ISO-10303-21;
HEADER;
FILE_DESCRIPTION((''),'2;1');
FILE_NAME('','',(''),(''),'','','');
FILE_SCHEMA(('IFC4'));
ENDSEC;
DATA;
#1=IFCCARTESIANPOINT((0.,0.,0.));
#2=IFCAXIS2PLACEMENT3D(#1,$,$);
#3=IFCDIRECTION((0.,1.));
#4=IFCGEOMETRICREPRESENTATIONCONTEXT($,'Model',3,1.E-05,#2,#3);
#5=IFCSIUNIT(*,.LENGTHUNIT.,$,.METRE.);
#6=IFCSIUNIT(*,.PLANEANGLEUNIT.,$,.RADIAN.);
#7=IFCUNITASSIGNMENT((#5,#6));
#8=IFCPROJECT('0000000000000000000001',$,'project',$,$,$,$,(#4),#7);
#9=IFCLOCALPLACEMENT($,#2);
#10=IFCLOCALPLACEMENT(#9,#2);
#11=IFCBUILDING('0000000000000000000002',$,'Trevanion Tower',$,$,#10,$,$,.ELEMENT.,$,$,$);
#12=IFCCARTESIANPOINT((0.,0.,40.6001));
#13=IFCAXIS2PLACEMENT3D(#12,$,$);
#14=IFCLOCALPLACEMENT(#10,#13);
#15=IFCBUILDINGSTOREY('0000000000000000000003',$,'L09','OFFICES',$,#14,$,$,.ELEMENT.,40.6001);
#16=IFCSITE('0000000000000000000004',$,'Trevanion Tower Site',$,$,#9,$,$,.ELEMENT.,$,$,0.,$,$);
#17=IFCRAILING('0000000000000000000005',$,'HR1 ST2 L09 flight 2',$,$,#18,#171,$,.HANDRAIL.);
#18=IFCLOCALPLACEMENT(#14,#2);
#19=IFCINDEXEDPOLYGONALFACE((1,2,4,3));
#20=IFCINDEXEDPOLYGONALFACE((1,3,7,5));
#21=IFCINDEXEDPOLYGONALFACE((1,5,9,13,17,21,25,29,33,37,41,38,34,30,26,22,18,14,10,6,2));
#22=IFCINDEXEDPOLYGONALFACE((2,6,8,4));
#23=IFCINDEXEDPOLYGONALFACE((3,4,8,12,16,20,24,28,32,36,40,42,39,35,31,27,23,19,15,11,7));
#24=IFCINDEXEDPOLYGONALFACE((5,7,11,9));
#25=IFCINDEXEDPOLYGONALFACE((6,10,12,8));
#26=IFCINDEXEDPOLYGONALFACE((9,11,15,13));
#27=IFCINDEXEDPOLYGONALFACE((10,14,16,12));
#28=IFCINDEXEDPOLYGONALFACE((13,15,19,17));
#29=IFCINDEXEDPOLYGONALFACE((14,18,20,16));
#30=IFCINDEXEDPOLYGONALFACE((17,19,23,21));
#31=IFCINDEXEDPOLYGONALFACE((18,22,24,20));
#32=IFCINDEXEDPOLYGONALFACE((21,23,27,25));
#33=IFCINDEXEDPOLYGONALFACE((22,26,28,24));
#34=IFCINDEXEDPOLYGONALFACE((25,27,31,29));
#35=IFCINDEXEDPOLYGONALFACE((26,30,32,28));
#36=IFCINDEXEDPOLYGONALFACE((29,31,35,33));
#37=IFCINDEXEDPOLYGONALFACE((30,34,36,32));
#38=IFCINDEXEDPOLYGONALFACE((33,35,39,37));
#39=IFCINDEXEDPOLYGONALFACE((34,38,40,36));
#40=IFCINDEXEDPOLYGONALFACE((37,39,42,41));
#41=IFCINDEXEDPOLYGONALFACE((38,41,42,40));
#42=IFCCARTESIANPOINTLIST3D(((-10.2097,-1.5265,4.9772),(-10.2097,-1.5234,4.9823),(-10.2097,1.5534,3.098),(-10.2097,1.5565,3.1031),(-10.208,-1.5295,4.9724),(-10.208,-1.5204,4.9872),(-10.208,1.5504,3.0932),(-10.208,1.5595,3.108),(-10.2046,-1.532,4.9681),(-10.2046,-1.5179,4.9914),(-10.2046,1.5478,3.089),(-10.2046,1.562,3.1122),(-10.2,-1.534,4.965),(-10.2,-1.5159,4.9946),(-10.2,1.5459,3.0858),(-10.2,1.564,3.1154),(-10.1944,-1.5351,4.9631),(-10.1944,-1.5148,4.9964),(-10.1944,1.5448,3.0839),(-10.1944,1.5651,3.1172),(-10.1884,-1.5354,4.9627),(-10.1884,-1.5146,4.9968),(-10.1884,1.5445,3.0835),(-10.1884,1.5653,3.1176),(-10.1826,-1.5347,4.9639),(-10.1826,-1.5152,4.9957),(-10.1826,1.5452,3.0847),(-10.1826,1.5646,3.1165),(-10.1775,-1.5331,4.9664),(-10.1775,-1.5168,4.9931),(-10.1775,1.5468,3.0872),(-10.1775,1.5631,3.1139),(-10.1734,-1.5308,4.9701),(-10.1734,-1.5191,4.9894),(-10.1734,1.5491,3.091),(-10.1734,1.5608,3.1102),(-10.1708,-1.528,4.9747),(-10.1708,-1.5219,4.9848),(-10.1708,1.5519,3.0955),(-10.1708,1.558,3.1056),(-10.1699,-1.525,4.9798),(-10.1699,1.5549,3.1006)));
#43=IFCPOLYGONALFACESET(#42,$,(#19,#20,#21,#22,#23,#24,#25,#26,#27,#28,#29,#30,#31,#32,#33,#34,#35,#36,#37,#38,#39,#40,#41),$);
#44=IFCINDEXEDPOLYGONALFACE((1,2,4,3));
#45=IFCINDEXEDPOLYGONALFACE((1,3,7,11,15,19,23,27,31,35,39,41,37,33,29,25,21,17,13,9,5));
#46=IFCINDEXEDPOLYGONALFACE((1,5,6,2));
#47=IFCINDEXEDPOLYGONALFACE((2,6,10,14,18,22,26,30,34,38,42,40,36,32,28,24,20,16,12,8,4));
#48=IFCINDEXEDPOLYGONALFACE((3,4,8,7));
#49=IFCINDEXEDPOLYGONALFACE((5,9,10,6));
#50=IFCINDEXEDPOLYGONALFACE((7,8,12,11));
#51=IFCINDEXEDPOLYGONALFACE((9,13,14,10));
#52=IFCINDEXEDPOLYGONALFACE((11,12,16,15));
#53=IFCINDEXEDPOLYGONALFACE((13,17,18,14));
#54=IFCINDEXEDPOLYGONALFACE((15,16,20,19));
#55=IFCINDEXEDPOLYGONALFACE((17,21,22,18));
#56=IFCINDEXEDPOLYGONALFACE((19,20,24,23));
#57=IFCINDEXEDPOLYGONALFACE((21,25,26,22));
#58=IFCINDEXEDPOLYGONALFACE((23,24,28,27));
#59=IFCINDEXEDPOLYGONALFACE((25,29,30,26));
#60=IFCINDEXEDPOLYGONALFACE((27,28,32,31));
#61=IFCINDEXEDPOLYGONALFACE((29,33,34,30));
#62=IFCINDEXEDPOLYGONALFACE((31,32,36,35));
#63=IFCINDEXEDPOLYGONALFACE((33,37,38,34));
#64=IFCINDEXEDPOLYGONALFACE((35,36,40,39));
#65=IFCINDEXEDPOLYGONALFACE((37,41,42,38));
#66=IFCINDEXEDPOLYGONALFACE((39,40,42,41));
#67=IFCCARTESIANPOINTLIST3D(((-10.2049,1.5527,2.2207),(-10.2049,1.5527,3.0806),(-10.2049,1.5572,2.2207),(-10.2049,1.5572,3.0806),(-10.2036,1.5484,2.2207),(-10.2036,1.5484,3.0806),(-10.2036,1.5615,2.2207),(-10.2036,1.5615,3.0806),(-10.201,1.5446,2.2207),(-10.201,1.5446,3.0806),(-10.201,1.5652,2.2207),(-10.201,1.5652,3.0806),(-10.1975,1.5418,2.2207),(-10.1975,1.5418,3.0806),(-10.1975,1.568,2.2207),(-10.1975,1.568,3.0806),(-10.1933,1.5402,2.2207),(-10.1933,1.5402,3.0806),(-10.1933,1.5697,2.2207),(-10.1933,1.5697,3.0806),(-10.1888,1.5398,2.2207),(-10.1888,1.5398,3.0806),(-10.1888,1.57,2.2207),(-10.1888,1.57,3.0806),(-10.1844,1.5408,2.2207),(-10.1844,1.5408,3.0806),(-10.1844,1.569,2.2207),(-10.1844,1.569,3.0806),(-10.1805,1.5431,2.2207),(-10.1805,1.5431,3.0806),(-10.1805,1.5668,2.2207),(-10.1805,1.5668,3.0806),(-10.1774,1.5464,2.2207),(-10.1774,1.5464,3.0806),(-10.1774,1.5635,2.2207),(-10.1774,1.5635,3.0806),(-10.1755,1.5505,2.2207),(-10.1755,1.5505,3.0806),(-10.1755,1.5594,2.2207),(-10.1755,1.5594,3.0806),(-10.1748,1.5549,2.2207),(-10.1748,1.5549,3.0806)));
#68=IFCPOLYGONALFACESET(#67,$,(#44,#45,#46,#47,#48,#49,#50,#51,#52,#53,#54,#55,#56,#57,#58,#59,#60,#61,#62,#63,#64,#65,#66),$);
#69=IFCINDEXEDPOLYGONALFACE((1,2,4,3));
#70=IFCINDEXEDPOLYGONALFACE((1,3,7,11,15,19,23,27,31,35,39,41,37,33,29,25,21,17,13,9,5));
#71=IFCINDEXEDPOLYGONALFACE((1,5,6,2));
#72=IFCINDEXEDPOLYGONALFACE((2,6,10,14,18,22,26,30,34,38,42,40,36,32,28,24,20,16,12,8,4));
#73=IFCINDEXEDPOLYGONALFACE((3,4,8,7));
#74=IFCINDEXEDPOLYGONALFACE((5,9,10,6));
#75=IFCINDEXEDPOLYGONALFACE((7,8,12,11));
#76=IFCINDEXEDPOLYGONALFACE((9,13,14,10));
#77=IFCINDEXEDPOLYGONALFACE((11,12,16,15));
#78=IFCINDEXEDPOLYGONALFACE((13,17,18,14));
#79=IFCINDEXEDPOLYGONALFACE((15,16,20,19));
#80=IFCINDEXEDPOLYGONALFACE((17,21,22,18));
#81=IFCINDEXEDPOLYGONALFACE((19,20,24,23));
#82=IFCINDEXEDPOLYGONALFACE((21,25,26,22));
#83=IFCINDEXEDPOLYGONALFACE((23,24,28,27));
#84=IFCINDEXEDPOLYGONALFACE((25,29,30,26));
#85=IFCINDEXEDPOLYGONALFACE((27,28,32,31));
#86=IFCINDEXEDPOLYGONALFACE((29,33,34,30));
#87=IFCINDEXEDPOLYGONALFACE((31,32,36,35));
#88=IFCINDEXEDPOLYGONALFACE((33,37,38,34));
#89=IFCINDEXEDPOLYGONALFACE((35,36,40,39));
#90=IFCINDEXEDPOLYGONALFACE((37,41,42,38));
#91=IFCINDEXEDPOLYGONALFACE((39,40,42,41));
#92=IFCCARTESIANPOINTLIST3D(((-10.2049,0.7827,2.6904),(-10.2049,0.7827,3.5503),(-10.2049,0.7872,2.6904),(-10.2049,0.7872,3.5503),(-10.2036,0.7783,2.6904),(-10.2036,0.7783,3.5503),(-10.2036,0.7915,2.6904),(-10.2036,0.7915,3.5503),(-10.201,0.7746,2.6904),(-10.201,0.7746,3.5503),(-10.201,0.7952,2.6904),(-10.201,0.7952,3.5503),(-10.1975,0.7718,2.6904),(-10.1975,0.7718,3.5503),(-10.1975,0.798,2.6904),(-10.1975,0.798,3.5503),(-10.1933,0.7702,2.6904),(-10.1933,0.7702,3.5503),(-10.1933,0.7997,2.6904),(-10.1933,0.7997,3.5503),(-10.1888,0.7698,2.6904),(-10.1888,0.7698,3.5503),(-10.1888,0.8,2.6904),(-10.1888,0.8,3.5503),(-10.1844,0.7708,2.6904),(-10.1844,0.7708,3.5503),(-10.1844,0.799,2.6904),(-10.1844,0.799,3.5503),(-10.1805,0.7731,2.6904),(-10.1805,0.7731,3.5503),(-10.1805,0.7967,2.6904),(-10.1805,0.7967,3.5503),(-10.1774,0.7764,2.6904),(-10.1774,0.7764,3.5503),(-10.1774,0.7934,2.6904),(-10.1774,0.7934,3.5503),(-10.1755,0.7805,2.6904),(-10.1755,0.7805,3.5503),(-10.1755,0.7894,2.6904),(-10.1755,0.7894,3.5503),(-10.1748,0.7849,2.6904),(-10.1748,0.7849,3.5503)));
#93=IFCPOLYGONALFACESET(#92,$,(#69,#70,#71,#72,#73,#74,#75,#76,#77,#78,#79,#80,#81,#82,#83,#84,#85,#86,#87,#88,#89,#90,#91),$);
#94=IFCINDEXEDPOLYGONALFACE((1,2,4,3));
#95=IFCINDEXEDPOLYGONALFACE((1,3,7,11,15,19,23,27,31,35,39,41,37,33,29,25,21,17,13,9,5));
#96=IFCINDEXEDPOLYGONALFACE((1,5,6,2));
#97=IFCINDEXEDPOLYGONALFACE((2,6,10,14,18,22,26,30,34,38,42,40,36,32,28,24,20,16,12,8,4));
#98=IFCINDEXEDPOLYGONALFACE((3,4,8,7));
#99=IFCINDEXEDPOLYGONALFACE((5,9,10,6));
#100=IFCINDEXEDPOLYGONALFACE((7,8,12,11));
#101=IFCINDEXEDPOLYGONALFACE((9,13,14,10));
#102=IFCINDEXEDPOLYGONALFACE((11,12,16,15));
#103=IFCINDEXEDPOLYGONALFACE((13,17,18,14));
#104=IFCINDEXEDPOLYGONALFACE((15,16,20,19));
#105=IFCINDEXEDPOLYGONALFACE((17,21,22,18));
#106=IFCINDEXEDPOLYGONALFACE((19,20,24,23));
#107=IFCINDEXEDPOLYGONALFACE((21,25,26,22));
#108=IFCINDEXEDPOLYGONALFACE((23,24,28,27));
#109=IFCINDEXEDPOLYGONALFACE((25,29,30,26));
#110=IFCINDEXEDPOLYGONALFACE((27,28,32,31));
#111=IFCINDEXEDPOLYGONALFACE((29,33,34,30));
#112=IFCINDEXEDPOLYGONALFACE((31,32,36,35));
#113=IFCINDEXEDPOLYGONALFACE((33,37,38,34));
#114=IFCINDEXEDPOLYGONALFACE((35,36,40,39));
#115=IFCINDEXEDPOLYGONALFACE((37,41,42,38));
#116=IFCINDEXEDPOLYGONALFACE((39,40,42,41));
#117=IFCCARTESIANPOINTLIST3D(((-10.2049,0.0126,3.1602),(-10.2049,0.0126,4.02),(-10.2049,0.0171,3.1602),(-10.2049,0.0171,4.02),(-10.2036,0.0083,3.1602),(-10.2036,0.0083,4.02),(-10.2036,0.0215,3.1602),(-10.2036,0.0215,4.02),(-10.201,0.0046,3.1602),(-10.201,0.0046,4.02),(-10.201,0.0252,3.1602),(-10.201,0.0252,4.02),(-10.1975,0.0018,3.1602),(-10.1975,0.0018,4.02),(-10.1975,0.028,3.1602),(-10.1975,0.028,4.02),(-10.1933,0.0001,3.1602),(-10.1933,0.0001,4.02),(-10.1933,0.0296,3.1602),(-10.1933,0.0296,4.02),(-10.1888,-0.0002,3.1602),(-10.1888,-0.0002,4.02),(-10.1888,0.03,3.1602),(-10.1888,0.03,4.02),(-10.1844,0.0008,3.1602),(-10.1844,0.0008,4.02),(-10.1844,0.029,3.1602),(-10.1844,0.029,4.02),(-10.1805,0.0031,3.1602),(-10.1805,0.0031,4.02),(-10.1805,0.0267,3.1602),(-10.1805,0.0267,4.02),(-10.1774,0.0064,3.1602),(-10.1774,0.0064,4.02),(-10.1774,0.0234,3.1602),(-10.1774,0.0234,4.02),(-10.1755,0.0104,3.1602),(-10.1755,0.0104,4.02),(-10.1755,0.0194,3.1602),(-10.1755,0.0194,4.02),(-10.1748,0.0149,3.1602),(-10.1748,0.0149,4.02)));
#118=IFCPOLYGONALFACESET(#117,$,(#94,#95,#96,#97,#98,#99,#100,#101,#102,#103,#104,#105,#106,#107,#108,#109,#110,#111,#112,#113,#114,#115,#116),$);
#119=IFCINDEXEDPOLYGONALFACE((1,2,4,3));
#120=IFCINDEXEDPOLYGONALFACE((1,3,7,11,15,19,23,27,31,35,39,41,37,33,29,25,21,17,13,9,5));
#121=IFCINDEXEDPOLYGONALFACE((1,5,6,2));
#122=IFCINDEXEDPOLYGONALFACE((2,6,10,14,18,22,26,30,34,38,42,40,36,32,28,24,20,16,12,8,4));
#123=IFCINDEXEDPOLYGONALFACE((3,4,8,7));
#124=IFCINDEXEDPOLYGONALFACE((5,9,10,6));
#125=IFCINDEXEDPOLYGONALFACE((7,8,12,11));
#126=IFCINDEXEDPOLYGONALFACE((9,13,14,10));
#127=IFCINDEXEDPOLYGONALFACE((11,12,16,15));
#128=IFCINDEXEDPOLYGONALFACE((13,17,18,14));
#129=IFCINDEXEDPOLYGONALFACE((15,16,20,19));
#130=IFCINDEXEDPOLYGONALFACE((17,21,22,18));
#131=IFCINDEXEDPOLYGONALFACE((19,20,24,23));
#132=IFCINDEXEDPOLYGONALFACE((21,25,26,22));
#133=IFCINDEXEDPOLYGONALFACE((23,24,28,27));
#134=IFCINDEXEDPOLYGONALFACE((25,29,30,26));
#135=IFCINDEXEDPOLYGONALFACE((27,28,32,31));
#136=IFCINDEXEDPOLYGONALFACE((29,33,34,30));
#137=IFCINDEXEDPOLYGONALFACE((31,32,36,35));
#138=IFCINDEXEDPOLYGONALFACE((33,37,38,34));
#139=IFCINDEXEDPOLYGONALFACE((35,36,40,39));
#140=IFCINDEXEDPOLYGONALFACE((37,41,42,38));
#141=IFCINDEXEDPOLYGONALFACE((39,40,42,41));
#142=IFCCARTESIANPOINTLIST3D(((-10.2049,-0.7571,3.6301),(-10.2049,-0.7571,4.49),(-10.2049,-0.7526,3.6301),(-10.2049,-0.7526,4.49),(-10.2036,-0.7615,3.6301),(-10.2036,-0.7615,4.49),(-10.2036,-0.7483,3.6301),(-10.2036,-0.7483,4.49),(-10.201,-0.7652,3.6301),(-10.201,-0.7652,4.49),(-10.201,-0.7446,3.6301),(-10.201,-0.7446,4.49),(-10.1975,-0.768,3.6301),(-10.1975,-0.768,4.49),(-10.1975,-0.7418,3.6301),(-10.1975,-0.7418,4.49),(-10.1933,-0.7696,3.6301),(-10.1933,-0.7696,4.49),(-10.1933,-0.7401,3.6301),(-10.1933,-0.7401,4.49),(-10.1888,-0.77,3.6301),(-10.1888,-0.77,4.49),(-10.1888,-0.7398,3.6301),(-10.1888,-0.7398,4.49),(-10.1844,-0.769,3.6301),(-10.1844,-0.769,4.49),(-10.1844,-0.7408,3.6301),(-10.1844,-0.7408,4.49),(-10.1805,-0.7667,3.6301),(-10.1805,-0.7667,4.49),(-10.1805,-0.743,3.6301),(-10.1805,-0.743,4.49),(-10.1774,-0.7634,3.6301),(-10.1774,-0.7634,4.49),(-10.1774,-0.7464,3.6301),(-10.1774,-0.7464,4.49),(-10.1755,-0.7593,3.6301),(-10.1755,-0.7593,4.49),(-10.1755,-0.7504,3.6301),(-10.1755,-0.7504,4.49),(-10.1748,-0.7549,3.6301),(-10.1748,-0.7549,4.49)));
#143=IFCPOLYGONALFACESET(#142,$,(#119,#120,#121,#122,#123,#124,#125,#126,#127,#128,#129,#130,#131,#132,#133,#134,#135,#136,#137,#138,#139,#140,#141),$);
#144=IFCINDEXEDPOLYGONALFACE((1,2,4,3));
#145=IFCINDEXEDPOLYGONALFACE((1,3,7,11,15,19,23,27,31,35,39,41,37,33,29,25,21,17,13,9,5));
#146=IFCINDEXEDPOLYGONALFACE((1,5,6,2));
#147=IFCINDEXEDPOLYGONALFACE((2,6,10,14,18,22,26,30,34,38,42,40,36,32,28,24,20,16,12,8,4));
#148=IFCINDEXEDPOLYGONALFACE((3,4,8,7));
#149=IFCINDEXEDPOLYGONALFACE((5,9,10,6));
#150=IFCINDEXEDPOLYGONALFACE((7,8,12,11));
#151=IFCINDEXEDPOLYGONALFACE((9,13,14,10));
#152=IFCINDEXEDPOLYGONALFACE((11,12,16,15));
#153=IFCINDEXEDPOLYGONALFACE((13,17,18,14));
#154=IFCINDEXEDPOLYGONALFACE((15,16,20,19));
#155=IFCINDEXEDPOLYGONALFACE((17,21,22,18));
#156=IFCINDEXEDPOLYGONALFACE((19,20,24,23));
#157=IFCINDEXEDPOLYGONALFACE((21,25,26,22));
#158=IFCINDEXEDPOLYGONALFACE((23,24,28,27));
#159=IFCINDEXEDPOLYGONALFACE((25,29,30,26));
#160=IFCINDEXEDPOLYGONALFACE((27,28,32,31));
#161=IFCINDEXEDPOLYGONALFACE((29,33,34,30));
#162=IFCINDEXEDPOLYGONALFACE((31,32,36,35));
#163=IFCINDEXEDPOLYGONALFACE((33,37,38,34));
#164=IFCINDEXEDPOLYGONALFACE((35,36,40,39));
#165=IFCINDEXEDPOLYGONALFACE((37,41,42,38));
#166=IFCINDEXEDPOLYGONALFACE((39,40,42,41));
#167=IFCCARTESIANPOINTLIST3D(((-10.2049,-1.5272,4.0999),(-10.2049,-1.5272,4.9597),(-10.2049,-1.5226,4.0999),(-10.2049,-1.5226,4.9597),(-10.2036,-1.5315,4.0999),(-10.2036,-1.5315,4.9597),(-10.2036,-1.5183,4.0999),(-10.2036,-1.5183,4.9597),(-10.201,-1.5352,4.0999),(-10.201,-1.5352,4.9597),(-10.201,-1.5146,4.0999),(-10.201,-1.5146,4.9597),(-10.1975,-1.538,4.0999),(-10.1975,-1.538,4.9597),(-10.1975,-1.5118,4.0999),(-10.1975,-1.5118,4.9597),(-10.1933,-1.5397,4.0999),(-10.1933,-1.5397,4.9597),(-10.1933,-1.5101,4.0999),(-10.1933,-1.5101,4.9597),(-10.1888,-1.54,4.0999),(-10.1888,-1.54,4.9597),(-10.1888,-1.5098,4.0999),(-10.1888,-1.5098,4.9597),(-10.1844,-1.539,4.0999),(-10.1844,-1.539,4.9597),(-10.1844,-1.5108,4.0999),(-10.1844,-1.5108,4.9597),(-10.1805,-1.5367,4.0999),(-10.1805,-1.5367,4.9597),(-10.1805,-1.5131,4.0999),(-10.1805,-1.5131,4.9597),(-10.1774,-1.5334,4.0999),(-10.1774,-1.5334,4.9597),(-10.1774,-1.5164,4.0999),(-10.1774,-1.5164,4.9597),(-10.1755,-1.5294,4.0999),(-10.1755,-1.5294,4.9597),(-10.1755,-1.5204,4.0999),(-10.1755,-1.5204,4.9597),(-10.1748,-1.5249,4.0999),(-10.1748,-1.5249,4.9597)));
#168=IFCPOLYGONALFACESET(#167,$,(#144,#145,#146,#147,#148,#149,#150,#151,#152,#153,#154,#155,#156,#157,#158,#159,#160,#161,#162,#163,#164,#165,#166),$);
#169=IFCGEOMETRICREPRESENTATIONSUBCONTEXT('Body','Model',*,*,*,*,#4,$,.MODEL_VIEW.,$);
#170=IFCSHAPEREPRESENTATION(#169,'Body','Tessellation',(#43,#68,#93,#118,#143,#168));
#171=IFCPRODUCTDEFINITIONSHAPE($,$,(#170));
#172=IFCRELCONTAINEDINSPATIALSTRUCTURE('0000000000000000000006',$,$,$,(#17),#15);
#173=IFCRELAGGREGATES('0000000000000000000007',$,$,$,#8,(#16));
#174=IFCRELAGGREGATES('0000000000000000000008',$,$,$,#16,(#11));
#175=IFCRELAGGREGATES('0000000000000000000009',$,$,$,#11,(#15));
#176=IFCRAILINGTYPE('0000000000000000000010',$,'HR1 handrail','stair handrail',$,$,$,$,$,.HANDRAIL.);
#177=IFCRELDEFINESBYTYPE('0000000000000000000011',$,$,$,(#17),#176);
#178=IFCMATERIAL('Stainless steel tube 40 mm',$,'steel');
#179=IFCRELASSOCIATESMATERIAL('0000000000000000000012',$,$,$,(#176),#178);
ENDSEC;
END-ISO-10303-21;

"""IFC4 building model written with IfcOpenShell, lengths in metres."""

from ifc_helpers import new_model, si_unit, direction, frame, origin, origin_2d, place, context, subcontext, project, spatial, circle, extrude, material, type_object, element, save


model = new_model("IFC4")

# Units and contexts
model_context = context("Model", 3, precision=1e-05, world=origin(), true_north=direction((0.0, 1.0)))
body_context = subcontext(model_context, "Body", "Model", "MODEL_VIEW")
ifc_project = project(units=[si_unit("LENGTHUNIT", "METRE"), si_unit("PLANEANGLEUNIT", "RADIAN")], contexts=[model_context])

# Site, building, storey
site_placement = place(None, origin())
site = spatial("IfcSite", under=ifc_project, at=site_placement, Name="Trevanion Tower Site", CompositionType="ELEMENT", RefElevation=0.0)
building_placement = place(site_placement, origin())
building = spatial("IfcBuilding", under=site, at=building_placement, Name="Trevanion Tower", CompositionType="ELEMENT")
storey_placement = place(building_placement, frame((0.0, 0.0, 40.6001)))
storey = spatial("IfcBuildingStorey", under=building, at=storey_placement, Name="L09", Description="OFFICES", CompositionType="ELEMENT", Elevation=40.6001)

# Railing
ifc_material_1 = material(Name="Stainless steel tube 40 mm", Category="steel")
railing_type = type_object("IfcRailingType", Name="HR1 handrail", Description="stair handrail", PredefinedType="HANDRAIL", material=ifc_material_1)
for number, where, name in (
    (1, (-10.1899, 1.5549, 2.2207), "HR1 ST2 L09 flight 2"),
):
    element("IfcRailing", number, at=place(storey_placement, frame(where)), inside=storey, type_object=railing_type, Name=name, PredefinedType="HANDRAIL", context=body_context, shape_type="SweptSolid", body=[
        extrude(circle(Radius=0.02, at=origin_2d()), frame((0.0, 0.0, 0.8799), z_axis=(0.0, -0.853648, 0.52085), x_axis=(1.0, 0.0, 0.0)), (0.0, 0.0, 1.0), 3.6079),
        extrude(circle(Radius=0.0151, at=origin_2d()), origin(), (0.0, 0.0, 1.0), 0.8599),
        extrude(circle(Radius=0.0151, at=origin_2d()), frame((0.0, -0.77, 0.4697)), (0.0, 0.0, 1.0), 0.8599),
        extrude(circle(Radius=0.0151, at=origin_2d()), frame((0.0, -1.54, 0.9395)), (0.0, 0.0, 1.0), 0.8599),
        extrude(circle(Radius=0.0151, at=origin_2d()), frame((0.0, -2.3098, 1.4094)), (0.0, 0.0, 1.0), 0.8599),
        extrude(circle(Radius=0.0151, at=origin_2d()), frame((0.0, -3.0798, 1.8792)), (0.0, 0.0, 1.0), 0.8599),
    ])

save(model, "model.ifc")
